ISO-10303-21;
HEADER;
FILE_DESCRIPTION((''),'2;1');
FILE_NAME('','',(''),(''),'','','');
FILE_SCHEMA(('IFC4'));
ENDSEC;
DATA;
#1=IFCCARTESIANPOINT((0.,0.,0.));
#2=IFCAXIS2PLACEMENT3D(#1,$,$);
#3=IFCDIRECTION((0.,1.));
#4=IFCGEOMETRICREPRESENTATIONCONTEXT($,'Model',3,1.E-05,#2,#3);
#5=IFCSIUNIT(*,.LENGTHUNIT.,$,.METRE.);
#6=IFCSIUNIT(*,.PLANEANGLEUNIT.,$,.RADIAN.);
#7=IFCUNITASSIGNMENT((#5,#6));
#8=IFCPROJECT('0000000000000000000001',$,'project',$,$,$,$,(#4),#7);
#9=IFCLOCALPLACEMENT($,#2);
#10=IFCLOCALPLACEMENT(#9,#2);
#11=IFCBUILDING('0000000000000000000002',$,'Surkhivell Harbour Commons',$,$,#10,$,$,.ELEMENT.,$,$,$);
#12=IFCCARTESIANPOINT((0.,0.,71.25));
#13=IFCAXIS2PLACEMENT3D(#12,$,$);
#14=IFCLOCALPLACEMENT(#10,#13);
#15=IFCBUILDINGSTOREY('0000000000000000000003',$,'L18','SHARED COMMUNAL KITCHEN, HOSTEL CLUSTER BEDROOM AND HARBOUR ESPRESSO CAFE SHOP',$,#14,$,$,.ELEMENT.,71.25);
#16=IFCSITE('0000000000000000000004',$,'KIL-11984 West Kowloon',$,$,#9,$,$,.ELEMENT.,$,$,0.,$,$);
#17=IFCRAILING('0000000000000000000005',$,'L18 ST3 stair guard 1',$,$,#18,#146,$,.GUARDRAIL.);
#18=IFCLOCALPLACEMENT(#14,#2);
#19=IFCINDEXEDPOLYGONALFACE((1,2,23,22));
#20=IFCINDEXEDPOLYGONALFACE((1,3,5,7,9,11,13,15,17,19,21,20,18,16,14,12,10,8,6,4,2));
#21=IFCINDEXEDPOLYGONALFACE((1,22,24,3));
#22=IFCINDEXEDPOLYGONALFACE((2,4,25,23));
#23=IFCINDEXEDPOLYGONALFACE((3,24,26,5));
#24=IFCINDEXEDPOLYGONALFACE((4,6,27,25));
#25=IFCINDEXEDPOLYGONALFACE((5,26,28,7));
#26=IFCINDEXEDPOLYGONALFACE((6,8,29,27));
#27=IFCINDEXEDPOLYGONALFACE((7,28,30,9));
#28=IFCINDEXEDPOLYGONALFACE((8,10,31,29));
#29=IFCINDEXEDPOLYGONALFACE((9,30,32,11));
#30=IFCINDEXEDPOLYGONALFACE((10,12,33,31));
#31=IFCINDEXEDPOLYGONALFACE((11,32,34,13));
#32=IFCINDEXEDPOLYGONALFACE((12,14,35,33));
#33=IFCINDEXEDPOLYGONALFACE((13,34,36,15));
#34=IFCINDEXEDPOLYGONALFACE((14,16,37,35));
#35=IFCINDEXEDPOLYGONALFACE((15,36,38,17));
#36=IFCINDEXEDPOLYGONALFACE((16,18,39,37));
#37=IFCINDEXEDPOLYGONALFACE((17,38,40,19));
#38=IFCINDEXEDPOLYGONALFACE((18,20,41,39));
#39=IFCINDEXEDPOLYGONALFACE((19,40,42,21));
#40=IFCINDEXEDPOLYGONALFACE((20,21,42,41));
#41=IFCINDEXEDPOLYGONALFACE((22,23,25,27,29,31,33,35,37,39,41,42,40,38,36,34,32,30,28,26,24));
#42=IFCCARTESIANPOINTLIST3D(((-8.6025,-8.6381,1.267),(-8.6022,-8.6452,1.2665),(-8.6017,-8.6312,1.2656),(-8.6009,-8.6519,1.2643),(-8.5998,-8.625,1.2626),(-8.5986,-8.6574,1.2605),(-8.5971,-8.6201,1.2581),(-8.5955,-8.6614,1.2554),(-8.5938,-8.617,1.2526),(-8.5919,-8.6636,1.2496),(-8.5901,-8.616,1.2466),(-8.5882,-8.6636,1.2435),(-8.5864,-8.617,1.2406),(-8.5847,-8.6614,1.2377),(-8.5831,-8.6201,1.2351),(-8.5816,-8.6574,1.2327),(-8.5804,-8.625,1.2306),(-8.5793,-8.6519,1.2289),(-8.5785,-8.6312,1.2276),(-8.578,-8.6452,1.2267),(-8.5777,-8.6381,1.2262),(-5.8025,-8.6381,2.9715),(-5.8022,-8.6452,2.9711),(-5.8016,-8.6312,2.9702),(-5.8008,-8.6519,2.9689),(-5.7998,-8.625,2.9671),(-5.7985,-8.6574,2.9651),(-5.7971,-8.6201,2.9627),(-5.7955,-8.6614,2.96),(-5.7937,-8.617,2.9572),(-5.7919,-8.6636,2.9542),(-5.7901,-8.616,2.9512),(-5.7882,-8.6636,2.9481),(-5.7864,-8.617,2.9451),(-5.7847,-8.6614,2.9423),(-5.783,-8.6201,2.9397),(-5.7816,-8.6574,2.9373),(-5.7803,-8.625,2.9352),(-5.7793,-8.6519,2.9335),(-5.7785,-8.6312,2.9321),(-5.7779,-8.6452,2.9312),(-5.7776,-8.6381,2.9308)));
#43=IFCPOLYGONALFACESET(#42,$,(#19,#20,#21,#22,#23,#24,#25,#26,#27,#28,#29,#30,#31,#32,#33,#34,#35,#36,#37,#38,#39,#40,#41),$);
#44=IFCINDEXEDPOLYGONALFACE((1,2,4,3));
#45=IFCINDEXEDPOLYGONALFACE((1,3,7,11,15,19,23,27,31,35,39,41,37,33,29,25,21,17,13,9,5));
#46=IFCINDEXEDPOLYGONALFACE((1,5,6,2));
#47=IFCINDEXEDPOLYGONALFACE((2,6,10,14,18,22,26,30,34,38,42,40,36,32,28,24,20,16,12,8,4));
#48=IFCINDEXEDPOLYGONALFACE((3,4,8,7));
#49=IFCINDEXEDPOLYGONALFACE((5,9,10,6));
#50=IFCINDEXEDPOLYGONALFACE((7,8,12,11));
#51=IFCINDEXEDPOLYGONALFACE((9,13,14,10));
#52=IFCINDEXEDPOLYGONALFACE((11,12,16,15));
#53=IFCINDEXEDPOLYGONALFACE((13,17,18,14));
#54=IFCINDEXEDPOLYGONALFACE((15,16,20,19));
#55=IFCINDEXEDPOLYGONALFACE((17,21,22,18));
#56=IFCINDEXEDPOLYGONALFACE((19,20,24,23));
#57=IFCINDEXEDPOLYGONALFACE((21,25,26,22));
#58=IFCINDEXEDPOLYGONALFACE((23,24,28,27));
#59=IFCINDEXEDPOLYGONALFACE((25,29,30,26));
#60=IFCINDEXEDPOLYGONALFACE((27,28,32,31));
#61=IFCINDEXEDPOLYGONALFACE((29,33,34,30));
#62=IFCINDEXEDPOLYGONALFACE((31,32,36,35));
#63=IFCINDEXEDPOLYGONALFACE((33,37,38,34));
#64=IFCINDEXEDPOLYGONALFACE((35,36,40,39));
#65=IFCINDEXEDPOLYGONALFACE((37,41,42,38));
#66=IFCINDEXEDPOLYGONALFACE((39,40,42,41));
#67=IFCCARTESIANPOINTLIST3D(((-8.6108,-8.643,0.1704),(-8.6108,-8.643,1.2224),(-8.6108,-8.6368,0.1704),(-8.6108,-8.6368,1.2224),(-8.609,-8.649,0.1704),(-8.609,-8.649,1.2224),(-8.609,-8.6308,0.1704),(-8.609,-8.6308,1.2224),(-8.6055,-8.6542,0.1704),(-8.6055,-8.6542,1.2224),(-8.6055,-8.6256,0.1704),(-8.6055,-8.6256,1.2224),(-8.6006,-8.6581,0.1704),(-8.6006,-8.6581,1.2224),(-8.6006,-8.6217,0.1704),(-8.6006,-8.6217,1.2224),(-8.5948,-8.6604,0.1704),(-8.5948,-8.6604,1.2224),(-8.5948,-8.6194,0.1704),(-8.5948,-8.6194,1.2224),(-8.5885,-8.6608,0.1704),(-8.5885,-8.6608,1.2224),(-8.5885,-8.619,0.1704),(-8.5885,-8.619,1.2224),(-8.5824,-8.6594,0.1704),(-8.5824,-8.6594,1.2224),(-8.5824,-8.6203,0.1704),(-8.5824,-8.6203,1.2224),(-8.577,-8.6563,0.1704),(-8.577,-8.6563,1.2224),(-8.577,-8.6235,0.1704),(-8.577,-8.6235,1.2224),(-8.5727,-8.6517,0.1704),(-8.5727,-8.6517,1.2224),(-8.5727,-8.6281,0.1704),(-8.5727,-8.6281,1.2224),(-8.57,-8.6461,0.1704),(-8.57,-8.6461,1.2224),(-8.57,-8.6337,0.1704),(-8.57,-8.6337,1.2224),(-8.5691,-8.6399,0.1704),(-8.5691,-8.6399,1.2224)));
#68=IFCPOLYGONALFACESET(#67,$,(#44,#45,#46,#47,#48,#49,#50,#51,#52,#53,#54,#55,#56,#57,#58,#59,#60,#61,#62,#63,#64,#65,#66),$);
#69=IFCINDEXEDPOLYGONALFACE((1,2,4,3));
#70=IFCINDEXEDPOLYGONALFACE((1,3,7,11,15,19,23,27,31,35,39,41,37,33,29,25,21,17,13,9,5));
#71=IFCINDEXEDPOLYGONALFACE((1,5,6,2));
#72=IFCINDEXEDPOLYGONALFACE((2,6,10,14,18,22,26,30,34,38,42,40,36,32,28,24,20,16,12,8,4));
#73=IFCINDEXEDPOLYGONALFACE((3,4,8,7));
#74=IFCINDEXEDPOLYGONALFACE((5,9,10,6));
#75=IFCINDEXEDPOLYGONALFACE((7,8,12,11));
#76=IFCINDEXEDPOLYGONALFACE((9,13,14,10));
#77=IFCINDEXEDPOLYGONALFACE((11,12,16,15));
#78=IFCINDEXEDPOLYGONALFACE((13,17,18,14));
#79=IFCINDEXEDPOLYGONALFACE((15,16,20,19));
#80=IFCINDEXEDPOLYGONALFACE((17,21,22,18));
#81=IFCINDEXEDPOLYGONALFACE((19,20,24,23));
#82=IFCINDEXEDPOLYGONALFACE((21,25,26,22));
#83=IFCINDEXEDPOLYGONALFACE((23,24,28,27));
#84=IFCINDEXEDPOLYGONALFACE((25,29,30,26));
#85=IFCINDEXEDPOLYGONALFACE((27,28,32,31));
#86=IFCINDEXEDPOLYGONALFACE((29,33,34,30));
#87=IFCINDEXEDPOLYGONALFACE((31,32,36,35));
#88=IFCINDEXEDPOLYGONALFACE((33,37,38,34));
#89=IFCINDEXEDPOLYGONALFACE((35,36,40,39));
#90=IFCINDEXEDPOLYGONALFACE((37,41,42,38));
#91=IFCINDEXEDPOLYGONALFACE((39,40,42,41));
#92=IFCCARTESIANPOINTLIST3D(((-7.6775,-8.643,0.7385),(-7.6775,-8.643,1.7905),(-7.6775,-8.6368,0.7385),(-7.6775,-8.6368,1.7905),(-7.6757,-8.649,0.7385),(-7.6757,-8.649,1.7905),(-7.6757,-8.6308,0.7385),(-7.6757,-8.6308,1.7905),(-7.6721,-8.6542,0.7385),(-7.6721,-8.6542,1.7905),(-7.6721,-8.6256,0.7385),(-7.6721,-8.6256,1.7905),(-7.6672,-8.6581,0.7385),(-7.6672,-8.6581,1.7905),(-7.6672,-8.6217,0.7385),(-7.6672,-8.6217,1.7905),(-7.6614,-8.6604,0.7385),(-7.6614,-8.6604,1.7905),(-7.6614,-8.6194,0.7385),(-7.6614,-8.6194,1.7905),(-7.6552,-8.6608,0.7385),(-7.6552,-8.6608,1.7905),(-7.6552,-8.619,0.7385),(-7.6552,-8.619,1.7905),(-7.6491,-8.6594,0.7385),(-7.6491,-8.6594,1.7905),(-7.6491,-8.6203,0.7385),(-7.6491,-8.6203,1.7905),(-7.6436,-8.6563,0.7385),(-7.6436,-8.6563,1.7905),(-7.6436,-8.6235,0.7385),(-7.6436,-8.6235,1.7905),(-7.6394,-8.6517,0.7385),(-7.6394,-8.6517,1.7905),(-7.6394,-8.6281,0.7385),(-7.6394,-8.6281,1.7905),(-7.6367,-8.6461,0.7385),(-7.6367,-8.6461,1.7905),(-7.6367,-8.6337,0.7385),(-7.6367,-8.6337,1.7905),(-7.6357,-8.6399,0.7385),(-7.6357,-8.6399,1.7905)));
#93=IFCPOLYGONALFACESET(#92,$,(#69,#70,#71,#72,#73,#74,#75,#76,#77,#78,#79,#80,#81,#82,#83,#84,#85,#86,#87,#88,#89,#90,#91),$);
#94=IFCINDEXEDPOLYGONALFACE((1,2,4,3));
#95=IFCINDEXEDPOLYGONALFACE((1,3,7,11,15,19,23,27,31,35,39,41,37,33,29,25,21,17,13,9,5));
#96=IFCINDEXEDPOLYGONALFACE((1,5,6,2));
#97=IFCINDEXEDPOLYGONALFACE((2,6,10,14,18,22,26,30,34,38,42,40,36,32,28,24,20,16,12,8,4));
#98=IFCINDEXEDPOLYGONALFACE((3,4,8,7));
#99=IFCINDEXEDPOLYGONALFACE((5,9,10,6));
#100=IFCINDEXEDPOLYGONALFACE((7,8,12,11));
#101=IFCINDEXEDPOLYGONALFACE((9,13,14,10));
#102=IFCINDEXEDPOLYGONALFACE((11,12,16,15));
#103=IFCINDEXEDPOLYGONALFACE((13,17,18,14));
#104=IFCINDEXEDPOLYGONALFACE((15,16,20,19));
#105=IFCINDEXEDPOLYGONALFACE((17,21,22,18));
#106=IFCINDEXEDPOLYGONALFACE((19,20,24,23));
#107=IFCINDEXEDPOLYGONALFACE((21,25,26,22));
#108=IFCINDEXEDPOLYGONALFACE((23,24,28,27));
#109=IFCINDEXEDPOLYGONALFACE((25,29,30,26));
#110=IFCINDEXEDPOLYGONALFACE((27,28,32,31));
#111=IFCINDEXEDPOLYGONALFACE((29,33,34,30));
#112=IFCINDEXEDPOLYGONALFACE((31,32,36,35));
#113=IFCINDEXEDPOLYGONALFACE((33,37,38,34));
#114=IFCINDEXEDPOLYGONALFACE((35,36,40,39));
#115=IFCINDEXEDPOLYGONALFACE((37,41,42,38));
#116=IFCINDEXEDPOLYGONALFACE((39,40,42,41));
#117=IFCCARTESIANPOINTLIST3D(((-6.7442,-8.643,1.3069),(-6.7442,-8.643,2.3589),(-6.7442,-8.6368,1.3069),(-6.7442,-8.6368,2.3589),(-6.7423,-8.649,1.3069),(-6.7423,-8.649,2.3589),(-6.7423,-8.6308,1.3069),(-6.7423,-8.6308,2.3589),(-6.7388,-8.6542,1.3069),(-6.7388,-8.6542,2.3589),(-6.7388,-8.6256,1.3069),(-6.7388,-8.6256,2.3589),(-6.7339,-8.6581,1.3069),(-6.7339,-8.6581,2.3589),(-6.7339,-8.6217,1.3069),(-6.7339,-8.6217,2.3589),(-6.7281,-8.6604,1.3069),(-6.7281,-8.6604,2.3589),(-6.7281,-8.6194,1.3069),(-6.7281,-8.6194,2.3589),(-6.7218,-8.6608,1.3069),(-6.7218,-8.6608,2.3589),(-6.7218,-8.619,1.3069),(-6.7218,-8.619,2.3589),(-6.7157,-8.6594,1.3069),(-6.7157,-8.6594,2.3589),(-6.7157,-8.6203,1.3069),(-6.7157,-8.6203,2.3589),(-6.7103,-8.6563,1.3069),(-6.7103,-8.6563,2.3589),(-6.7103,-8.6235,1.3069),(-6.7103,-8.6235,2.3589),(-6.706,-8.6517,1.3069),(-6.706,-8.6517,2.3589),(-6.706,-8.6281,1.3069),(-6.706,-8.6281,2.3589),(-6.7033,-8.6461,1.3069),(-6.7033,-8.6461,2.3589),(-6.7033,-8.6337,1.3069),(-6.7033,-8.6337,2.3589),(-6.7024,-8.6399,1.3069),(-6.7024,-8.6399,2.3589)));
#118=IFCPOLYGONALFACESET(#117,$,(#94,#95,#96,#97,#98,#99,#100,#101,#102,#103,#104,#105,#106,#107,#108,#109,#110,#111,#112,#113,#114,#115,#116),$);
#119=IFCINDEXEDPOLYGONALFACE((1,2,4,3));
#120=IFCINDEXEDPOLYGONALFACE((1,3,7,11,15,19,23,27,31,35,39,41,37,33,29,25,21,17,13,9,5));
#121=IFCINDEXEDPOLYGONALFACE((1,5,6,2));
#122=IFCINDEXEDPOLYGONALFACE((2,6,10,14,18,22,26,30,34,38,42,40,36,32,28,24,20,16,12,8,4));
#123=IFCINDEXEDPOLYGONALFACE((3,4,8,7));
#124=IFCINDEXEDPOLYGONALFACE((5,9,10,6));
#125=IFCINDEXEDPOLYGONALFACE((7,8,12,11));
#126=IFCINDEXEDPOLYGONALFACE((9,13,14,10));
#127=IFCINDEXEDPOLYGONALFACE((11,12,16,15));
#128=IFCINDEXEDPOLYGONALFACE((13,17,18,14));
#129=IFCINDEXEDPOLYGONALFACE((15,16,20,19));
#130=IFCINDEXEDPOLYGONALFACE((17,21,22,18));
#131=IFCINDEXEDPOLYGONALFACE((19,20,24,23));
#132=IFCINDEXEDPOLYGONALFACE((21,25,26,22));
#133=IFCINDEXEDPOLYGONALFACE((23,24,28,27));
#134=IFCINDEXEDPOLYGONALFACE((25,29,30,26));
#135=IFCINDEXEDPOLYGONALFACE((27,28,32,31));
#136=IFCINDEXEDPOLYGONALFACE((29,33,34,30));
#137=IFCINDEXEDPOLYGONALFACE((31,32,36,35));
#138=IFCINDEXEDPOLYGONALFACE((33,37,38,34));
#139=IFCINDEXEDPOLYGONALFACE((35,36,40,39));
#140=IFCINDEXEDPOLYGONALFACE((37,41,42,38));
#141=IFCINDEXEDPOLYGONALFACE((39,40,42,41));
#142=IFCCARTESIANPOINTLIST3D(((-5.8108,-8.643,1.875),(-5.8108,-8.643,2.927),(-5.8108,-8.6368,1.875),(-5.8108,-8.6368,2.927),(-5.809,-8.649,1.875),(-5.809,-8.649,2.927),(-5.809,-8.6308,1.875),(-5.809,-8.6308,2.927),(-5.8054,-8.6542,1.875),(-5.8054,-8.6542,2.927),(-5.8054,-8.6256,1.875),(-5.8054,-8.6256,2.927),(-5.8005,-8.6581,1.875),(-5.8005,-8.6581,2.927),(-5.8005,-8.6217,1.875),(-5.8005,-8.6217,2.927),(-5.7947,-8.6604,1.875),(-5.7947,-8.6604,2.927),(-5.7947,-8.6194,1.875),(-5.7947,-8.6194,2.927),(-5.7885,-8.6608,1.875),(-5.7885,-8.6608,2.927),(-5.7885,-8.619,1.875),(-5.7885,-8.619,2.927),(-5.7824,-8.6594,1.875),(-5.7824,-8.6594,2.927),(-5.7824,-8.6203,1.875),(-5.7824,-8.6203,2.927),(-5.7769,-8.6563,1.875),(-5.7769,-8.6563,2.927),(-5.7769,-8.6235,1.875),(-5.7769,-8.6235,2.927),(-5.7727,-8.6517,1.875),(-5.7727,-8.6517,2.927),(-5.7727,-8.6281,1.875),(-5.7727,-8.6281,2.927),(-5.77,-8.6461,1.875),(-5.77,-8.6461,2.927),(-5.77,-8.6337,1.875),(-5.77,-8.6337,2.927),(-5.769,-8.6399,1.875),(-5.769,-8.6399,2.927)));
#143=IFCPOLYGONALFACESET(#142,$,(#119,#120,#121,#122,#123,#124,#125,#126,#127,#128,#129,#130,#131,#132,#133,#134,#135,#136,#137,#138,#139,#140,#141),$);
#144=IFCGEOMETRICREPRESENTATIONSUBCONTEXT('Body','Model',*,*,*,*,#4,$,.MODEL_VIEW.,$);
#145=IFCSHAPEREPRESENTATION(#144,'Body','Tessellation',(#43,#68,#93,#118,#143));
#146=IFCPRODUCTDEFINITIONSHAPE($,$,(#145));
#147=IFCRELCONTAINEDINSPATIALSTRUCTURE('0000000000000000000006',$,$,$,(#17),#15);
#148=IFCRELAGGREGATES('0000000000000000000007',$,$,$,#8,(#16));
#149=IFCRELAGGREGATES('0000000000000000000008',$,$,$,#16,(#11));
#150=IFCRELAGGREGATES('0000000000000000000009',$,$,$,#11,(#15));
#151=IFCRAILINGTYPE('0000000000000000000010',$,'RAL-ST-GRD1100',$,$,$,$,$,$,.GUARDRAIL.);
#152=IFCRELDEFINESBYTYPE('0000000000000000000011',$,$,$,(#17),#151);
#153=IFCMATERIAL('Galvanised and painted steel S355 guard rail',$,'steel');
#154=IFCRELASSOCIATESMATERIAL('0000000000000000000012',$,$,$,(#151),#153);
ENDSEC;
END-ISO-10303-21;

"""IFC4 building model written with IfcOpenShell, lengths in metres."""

from ifc_helpers import new_model, si_unit, direction, frame, origin, origin_2d, place, context, subcontext, project, spatial, circle, extrude, material, type_object, element, save


model = new_model("IFC4")

# Units and contexts
model_context = context("Model", 3, precision=1e-05, world=origin(), true_north=direction((0.0, 1.0)))
body_context = subcontext(model_context, "Body", "Model", "MODEL_VIEW")
ifc_project = project(units=[si_unit("LENGTHUNIT", "METRE"), si_unit("PLANEANGLEUNIT", "RADIAN")], contexts=[model_context])

# Site, building, storey
site_placement = place(None, origin())
site = spatial("IfcSite", under=ifc_project, at=site_placement, Name="KIL-11984 West Kowloon", CompositionType="ELEMENT", RefElevation=0.0)
building_placement = place(site_placement, origin())
building = spatial("IfcBuilding", under=site, at=building_placement, Name="Surkhivell Harbour Commons", CompositionType="ELEMENT")
storey_placement = place(building_placement, frame((0.0, 0.0, 71.25)))
storey = spatial("IfcBuildingStorey", under=building, at=storey_placement, Name="L18", Description="SHARED COMMUNAL KITCHEN, HOSTEL CLUSTER BEDROOM AND HARBOUR ESPRESSO CAFE SHOP", CompositionType="ELEMENT", Elevation=71.25)

# Railing
ifc_material_1 = material(Name="Galvanised and painted steel S355 guard rail", Category="steel")
railing_type_1 = type_object("IfcRailingType", Name="RAL-ST-GRD1100", PredefinedType="GUARDRAIL", material=ifc_material_1)
railing_1_placement = place(storey_placement, frame((-8.5901, -8.6399, 0.1704)))
element("IfcRailing", 1, at=railing_1_placement, inside=storey, type_object=railing_type_1, Name="L18 ST3 stair guard 1", PredefinedType="GUARDRAIL", context=body_context, shape_type="SweptSolid", body=[
    extrude(circle(Radius=0.0239, at=origin_2d()), frame((0.0, 0.0, 1.0762), z_axis=(0.85417, 0.0, 0.519994), x_axis=(0.0, 1.0, 0.0)), (0.0, 0.0, 1.0), 3.2781),
    extrude(circle(Radius=0.021, at=origin_2d()), origin(), (0.0, 0.0, 1.0), 1.052),
    extrude(circle(Radius=0.021, at=origin_2d()), frame((0.9333, 0.0, 0.5681)), (0.0, 0.0, 1.0), 1.052),
    extrude(circle(Radius=0.021, at=origin_2d()), frame((1.8667, 0.0, 1.1365)), (0.0, 0.0, 1.0), 1.052),
    extrude(circle(Radius=0.021, at=origin_2d()), frame((2.8, 0.0, 1.7046)), (0.0, 0.0, 1.0), 1.052),
])

save(model, "model.ifc")
